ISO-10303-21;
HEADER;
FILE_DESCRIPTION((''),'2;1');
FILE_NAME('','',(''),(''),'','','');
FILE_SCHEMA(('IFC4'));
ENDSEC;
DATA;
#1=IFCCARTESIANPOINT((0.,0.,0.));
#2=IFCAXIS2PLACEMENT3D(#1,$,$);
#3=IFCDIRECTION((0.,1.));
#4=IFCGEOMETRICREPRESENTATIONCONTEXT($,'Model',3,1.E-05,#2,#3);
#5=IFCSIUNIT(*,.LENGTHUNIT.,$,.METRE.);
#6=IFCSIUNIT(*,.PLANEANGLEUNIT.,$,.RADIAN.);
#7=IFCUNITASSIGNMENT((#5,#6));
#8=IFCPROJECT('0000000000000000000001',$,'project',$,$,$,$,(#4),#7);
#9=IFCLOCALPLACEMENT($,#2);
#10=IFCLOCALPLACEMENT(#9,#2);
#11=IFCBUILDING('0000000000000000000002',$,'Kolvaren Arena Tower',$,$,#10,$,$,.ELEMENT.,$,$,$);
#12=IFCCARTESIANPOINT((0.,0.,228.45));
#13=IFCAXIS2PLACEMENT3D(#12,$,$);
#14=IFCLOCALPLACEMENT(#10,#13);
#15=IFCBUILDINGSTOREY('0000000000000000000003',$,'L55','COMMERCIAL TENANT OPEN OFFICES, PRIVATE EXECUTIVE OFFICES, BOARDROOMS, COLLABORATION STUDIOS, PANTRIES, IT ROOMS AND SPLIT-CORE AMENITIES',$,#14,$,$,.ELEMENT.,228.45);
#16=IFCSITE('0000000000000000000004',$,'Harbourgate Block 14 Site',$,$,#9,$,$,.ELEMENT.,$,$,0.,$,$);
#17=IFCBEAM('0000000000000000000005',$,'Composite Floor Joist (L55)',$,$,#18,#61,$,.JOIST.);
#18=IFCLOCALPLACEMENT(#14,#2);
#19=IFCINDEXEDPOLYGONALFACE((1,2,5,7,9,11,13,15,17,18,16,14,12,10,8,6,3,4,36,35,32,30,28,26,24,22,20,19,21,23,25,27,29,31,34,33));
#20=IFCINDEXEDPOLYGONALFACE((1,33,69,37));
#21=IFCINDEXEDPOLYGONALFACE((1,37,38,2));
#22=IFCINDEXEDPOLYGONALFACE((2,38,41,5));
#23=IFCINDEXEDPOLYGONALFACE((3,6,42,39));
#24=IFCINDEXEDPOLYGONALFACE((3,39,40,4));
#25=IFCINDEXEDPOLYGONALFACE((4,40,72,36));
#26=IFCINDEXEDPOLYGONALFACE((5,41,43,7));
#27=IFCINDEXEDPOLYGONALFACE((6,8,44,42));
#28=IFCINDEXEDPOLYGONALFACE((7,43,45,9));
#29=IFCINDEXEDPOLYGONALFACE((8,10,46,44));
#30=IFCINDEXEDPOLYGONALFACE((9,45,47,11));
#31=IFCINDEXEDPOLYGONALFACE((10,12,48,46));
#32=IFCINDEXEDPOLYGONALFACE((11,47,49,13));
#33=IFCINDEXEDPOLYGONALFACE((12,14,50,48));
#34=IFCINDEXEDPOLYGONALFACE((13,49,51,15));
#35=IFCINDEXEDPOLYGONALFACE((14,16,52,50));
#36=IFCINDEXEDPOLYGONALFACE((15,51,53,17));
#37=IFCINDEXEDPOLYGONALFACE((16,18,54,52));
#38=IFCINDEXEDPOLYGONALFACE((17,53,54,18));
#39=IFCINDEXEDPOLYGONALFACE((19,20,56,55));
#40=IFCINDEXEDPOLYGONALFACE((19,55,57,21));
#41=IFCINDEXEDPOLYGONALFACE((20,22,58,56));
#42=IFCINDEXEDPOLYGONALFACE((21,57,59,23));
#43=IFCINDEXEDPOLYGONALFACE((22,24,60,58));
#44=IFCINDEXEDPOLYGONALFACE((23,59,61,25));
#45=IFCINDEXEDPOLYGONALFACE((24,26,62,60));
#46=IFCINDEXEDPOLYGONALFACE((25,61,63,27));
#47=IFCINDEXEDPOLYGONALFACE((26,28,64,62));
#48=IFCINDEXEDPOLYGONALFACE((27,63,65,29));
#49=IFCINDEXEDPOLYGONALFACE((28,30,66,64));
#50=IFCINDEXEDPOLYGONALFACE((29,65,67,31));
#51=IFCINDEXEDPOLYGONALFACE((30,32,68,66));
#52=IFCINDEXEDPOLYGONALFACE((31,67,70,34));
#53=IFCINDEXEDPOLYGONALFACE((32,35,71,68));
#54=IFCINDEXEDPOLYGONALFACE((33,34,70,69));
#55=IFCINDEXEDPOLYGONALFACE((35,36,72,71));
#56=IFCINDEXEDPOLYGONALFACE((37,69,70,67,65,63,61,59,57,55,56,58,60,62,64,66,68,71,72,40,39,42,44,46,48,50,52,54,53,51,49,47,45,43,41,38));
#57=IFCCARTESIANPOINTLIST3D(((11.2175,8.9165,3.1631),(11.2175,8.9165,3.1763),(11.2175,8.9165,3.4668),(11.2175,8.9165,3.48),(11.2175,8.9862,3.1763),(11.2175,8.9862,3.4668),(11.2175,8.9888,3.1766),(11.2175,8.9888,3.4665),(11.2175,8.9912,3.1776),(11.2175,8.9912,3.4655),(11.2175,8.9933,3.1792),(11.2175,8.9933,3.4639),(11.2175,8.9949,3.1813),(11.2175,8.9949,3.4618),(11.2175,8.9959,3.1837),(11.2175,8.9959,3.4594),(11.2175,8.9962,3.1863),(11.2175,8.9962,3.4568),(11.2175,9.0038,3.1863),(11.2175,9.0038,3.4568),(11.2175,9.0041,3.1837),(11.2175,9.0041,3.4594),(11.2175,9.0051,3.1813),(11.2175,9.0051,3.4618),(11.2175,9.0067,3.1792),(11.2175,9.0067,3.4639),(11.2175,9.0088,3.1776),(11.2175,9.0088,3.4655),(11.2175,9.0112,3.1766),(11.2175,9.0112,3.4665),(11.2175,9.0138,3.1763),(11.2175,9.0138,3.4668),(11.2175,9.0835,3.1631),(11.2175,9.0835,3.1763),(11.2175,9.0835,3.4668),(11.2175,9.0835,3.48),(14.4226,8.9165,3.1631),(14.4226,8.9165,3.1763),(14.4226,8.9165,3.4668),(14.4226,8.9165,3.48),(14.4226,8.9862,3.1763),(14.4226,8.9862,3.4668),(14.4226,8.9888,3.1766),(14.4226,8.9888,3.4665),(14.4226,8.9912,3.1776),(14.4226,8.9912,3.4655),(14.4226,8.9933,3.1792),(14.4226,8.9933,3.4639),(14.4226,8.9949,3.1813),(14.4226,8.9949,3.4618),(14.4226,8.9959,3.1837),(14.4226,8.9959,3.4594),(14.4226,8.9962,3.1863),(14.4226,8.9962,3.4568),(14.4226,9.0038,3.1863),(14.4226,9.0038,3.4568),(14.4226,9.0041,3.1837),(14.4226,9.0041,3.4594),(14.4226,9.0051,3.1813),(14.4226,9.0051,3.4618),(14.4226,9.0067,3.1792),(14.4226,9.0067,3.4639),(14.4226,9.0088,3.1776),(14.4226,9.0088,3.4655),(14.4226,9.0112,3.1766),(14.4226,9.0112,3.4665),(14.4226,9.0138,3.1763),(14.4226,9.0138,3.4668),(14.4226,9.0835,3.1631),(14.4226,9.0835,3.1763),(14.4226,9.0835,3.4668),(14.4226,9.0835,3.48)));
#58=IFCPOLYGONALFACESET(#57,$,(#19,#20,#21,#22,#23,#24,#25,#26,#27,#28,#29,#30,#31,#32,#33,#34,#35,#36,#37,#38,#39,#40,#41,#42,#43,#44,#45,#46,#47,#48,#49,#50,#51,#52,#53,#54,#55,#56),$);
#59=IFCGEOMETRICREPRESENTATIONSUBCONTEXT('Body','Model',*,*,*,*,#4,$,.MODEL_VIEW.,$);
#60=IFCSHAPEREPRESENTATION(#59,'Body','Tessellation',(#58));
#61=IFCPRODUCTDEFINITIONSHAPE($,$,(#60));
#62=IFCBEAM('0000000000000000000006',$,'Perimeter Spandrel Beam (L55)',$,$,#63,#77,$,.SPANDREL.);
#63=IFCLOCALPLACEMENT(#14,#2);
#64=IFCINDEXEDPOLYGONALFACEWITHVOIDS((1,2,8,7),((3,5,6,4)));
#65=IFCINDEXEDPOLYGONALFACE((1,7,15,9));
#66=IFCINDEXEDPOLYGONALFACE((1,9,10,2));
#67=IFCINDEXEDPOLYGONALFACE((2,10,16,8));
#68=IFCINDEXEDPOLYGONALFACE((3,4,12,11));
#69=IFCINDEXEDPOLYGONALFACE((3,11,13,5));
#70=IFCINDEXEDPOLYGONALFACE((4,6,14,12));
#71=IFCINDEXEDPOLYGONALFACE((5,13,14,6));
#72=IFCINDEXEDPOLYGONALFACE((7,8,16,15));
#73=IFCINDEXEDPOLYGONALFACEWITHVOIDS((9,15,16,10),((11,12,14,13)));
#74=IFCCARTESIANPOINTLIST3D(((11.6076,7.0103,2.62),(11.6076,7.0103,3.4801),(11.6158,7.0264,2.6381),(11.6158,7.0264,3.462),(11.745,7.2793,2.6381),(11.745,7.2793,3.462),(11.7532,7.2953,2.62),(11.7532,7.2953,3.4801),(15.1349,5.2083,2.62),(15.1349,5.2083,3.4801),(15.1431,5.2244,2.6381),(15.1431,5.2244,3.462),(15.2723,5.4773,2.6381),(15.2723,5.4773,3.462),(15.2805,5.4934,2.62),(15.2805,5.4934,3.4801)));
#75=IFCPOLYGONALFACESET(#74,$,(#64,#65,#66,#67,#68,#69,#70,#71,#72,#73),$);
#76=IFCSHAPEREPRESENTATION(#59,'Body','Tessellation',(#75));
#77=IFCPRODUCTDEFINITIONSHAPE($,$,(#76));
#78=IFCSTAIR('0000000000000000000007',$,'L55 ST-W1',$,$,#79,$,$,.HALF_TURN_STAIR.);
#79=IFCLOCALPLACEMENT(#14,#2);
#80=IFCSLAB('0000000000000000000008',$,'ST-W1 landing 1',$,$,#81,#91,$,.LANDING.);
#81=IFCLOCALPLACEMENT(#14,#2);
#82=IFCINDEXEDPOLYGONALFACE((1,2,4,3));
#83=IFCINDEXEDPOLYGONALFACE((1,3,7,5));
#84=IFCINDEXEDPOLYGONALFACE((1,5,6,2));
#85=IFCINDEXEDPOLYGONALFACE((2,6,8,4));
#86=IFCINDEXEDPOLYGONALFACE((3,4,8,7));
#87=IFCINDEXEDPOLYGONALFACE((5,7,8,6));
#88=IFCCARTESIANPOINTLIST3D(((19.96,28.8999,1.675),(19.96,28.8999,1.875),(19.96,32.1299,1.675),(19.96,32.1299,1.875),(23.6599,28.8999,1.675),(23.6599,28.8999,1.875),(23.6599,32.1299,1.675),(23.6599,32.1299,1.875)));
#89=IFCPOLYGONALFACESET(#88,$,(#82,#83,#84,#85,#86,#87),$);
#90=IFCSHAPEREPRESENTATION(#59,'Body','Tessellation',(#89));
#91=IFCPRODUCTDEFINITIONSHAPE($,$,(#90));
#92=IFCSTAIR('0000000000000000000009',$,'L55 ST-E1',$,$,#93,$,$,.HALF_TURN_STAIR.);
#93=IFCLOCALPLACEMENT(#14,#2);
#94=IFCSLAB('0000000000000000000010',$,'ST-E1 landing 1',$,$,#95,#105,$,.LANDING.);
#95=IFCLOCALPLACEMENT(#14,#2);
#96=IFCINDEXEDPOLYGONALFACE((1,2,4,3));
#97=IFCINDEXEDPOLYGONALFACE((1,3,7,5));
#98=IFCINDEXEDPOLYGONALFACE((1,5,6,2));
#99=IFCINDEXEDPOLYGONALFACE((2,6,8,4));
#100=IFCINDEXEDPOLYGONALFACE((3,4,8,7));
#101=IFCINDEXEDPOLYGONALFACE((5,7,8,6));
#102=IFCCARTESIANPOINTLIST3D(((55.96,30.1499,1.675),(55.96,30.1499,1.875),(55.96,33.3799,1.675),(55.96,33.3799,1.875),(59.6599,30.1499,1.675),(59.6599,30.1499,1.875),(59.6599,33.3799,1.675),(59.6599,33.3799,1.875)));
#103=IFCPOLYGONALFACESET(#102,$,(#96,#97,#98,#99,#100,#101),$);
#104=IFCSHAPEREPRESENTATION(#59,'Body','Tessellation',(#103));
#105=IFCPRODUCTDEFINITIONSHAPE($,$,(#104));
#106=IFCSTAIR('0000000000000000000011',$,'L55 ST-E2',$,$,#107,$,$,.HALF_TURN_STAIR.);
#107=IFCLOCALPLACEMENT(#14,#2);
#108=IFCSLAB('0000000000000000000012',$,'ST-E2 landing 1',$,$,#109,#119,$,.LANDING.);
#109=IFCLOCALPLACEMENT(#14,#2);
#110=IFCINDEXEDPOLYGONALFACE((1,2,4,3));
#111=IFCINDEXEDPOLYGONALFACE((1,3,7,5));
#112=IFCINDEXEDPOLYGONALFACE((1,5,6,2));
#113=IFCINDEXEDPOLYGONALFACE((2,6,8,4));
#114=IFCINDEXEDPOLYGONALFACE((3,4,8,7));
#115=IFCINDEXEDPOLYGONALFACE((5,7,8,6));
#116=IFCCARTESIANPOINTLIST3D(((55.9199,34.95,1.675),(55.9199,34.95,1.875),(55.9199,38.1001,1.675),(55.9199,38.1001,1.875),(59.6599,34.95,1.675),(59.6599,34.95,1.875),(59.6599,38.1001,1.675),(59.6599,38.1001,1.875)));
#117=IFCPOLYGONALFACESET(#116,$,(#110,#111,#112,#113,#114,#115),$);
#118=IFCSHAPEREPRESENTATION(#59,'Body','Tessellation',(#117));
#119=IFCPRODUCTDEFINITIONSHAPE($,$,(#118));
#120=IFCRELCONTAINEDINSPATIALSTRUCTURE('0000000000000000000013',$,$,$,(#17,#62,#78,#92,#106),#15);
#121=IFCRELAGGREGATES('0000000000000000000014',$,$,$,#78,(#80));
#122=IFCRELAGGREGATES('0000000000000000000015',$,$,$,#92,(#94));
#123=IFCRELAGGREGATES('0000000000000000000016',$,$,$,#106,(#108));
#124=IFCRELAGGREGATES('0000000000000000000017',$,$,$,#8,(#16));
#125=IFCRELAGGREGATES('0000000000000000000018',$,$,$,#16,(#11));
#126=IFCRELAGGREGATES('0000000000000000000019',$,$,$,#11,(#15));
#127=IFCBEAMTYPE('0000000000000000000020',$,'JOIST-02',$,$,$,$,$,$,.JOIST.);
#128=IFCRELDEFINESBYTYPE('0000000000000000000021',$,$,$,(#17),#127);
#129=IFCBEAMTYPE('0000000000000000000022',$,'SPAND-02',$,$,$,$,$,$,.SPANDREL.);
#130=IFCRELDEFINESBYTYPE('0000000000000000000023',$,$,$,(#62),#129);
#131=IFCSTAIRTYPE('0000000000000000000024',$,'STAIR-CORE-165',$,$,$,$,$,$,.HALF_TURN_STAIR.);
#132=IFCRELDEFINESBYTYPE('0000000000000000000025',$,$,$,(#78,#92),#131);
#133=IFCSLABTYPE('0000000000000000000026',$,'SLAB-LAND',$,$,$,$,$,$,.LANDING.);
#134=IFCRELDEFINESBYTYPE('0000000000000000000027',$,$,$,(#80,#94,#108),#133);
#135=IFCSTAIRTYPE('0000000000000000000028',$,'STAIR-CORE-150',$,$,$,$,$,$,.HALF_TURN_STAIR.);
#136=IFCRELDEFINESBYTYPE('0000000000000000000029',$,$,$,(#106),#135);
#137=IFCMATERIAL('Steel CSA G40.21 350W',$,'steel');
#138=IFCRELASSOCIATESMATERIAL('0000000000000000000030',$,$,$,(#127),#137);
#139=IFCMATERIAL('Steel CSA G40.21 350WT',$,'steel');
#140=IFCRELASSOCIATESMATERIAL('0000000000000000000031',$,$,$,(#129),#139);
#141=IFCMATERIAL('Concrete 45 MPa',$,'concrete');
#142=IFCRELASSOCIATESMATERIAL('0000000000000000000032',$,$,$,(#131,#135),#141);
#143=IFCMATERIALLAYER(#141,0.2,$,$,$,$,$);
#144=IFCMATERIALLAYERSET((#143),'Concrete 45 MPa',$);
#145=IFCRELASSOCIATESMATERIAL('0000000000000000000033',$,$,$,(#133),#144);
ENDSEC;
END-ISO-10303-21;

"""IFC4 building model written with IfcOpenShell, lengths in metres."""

from ifc_helpers import new_model, si_unit, direction, frame, origin, origin_2d, place, context, subcontext, project, spatial, polyline, hollow_rectangle, i_section, outline, extrude, material, layer, layer_set, material_profile, profile_set, type_object, element, aggregate, save


model = new_model("IFC4")

# Units and contexts
model_context = context("Model", 3, precision=1e-05, world=origin(), true_north=direction((0.0, 1.0)))
body_context = subcontext(model_context, "Body", "Model", "MODEL_VIEW")
ifc_project = project(units=[si_unit("LENGTHUNIT", "METRE"), si_unit("PLANEANGLEUNIT", "RADIAN")], contexts=[model_context])

# Site, building, storey
site_placement = place(None, origin())
site = spatial("IfcSite", under=ifc_project, at=site_placement, Name="Harbourgate Block 14 Site", CompositionType="ELEMENT", RefElevation=0.0)
building_placement = place(site_placement, origin())
building = spatial("IfcBuilding", under=site, at=building_placement, Name="Kolvaren Arena Tower", CompositionType="ELEMENT")
storey_placement = place(building_placement, frame((0.0, 0.0, 228.45)))
storey = spatial("IfcBuildingStorey", under=building, at=storey_placement, Name="L55", Description="COMMERCIAL TENANT OPEN OFFICES, PRIVATE EXECUTIVE OFFICES, BOARDROOMS, COLLABORATION STUDIOS, PANTRIES, IT ROOMS AND SPLIT-CORE AMENITIES", CompositionType="ELEMENT", Elevation=228.45)

# Beams
ifc_material_1 = material(Name="Steel CSA G40.21 350W", Category="steel")
ifc_material_profile_1 = material_profile(ifc_material_1, i_section(OverallWidth=0.167, OverallDepth=0.3169, WebThickness=0.0076, FlangeThickness=0.0132, FilletRadius=0.01, at=origin_2d()), Name="W310x52")
ifc_profile_set_1 = profile_set([ifc_material_profile_1], Name="Steel CSA G40.21 350W")
beam_type_1 = type_object("IfcBeamType", Name="JOIST-02", PredefinedType="JOIST", material=ifc_profile_set_1)
beam_1_placement = place(storey_placement, frame((11.2175, 9.0, 3.3215), z_axis=(1.0, 0.0, 0.0), x_axis=(0.0, 1.0, 0.0)))
element("IfcBeam", 1, at=beam_1_placement, inside=storey, type_object=beam_type_1, Name="Composite Floor Joist (L55)", PredefinedType="JOIST", context=body_context, shape_type="SweptSolid", body=[
    extrude(i_section(OverallWidth=0.167, OverallDepth=0.3169, WebThickness=0.0076, FlangeThickness=0.0132, FilletRadius=0.01, at=origin_2d()), origin(), (0.0, 0.0, 1.0), 3.2051),
])
ifc_material_2 = material(Name="Steel CSA G40.21 350WT", Category="steel")
ifc_material_profile_2 = material_profile(ifc_material_2, hollow_rectangle(XDim=0.3201, YDim=0.8601, WallThickness=0.0181, at=origin_2d()), Name="HSS 860x320x18")
ifc_profile_set_2 = profile_set([ifc_material_profile_2], Name="Steel CSA G40.21 350WT")
beam_type_2 = type_object("IfcBeamType", Name="SPAND-02", PredefinedType="SPANDREL", material=ifc_profile_set_2)
beam_2_placement = place(storey_placement, frame((11.6804, 7.1528, 3.05), z_axis=(0.890523, -0.454938, 0.0), x_axis=(0.454938, 0.890523, 0.0)))
element("IfcBeam", 2, at=beam_2_placement, inside=storey, type_object=beam_type_2, Name="Perimeter Spandrel Beam (L55)", PredefinedType="SPANDREL", context=body_context, shape_type="SweptSolid", body=[
    extrude(hollow_rectangle(XDim=0.3201, YDim=0.8601, WallThickness=0.0181, at=origin_2d()), origin(), (0.0, 0.0, 1.0), 3.9609),
])

# Stairs, slabs
ifc_material_3 = material(Name="Concrete 45 MPa", Category="concrete")
stair_type_1 = type_object("IfcStairType", Name="STAIR-CORE-165", PredefinedType="HALF_TURN_STAIR", material=ifc_material_3)
stair_1_placement = place(storey_placement, origin())
stair_1 = element("IfcStair", 3, at=stair_1_placement, inside=storey, type_object=stair_type_1, Name="L55 ST-W1", PredefinedType="HALF_TURN_STAIR")
ifc_layer_1 = layer(ifc_material_3, 0.2)
ifc_layer_set_1 = layer_set([ifc_layer_1], Name="Concrete 45 MPa")
slab_type_1 = type_object("IfcSlabType", Name="SLAB-LAND", PredefinedType="LANDING", material=ifc_layer_set_1)
slab_1_placement = place(storey_placement, frame((0.0, 0.0, 1.675)))
slab_1 = element("IfcSlab", 4, at=slab_1_placement, type_object=slab_type_1, Name="ST-W1 landing 1", PredefinedType="LANDING", context=body_context, shape_type="SweptSolid", body=[
    extrude(outline(polyline([(19.96, 28.8999), (23.6599, 28.8999), (23.6599, 32.1299), (19.96, 32.1299), (19.96, 28.8999)])), origin(), (0.0, 0.0, 1.0), 0.2),
])
aggregate(stair_1, [slab_1])
stair_2_placement = place(storey_placement, origin())
stair_2 = element("IfcStair", 5, at=stair_2_placement, inside=storey, type_object=stair_type_1, Name="L55 ST-E1", PredefinedType="HALF_TURN_STAIR")
slab_2_placement = place(storey_placement, frame((0.0, 0.0, 1.675)))
slab_2 = element("IfcSlab", 6, at=slab_2_placement, type_object=slab_type_1, Name="ST-E1 landing 1", PredefinedType="LANDING", context=body_context, shape_type="SweptSolid", body=[
    extrude(outline(polyline([(55.96, 30.1499), (59.6599, 30.1499), (59.6599, 33.3799), (55.96, 33.3799), (55.96, 30.1499)])), origin(), (0.0, 0.0, 1.0), 0.2),
])
aggregate(stair_2, [slab_2])
stair_type_2 = type_object("IfcStairType", Name="STAIR-CORE-150", PredefinedType="HALF_TURN_STAIR", material=ifc_material_3)
stair_3_placement = place(storey_placement, origin())
stair_3 = element("IfcStair", 7, at=stair_3_placement, inside=storey, type_object=stair_type_2, Name="L55 ST-E2", PredefinedType="HALF_TURN_STAIR")
slab_3_placement = place(storey_placement, frame((0.0, 0.0, 1.675)))
slab_3 = element("IfcSlab", 8, at=slab_3_placement, type_object=slab_type_1, Name="ST-E2 landing 1", PredefinedType="LANDING", context=body_context, shape_type="SweptSolid", body=[
    extrude(outline(polyline([(55.9199, 34.95), (59.6599, 34.95), (59.6599, 38.1001), (55.9199, 38.1001), (55.9199, 34.95)])), origin(), (0.0, 0.0, 1.0), 0.2),
])
aggregate(stair_3, [slab_3])

save(model, "model.ifc")
